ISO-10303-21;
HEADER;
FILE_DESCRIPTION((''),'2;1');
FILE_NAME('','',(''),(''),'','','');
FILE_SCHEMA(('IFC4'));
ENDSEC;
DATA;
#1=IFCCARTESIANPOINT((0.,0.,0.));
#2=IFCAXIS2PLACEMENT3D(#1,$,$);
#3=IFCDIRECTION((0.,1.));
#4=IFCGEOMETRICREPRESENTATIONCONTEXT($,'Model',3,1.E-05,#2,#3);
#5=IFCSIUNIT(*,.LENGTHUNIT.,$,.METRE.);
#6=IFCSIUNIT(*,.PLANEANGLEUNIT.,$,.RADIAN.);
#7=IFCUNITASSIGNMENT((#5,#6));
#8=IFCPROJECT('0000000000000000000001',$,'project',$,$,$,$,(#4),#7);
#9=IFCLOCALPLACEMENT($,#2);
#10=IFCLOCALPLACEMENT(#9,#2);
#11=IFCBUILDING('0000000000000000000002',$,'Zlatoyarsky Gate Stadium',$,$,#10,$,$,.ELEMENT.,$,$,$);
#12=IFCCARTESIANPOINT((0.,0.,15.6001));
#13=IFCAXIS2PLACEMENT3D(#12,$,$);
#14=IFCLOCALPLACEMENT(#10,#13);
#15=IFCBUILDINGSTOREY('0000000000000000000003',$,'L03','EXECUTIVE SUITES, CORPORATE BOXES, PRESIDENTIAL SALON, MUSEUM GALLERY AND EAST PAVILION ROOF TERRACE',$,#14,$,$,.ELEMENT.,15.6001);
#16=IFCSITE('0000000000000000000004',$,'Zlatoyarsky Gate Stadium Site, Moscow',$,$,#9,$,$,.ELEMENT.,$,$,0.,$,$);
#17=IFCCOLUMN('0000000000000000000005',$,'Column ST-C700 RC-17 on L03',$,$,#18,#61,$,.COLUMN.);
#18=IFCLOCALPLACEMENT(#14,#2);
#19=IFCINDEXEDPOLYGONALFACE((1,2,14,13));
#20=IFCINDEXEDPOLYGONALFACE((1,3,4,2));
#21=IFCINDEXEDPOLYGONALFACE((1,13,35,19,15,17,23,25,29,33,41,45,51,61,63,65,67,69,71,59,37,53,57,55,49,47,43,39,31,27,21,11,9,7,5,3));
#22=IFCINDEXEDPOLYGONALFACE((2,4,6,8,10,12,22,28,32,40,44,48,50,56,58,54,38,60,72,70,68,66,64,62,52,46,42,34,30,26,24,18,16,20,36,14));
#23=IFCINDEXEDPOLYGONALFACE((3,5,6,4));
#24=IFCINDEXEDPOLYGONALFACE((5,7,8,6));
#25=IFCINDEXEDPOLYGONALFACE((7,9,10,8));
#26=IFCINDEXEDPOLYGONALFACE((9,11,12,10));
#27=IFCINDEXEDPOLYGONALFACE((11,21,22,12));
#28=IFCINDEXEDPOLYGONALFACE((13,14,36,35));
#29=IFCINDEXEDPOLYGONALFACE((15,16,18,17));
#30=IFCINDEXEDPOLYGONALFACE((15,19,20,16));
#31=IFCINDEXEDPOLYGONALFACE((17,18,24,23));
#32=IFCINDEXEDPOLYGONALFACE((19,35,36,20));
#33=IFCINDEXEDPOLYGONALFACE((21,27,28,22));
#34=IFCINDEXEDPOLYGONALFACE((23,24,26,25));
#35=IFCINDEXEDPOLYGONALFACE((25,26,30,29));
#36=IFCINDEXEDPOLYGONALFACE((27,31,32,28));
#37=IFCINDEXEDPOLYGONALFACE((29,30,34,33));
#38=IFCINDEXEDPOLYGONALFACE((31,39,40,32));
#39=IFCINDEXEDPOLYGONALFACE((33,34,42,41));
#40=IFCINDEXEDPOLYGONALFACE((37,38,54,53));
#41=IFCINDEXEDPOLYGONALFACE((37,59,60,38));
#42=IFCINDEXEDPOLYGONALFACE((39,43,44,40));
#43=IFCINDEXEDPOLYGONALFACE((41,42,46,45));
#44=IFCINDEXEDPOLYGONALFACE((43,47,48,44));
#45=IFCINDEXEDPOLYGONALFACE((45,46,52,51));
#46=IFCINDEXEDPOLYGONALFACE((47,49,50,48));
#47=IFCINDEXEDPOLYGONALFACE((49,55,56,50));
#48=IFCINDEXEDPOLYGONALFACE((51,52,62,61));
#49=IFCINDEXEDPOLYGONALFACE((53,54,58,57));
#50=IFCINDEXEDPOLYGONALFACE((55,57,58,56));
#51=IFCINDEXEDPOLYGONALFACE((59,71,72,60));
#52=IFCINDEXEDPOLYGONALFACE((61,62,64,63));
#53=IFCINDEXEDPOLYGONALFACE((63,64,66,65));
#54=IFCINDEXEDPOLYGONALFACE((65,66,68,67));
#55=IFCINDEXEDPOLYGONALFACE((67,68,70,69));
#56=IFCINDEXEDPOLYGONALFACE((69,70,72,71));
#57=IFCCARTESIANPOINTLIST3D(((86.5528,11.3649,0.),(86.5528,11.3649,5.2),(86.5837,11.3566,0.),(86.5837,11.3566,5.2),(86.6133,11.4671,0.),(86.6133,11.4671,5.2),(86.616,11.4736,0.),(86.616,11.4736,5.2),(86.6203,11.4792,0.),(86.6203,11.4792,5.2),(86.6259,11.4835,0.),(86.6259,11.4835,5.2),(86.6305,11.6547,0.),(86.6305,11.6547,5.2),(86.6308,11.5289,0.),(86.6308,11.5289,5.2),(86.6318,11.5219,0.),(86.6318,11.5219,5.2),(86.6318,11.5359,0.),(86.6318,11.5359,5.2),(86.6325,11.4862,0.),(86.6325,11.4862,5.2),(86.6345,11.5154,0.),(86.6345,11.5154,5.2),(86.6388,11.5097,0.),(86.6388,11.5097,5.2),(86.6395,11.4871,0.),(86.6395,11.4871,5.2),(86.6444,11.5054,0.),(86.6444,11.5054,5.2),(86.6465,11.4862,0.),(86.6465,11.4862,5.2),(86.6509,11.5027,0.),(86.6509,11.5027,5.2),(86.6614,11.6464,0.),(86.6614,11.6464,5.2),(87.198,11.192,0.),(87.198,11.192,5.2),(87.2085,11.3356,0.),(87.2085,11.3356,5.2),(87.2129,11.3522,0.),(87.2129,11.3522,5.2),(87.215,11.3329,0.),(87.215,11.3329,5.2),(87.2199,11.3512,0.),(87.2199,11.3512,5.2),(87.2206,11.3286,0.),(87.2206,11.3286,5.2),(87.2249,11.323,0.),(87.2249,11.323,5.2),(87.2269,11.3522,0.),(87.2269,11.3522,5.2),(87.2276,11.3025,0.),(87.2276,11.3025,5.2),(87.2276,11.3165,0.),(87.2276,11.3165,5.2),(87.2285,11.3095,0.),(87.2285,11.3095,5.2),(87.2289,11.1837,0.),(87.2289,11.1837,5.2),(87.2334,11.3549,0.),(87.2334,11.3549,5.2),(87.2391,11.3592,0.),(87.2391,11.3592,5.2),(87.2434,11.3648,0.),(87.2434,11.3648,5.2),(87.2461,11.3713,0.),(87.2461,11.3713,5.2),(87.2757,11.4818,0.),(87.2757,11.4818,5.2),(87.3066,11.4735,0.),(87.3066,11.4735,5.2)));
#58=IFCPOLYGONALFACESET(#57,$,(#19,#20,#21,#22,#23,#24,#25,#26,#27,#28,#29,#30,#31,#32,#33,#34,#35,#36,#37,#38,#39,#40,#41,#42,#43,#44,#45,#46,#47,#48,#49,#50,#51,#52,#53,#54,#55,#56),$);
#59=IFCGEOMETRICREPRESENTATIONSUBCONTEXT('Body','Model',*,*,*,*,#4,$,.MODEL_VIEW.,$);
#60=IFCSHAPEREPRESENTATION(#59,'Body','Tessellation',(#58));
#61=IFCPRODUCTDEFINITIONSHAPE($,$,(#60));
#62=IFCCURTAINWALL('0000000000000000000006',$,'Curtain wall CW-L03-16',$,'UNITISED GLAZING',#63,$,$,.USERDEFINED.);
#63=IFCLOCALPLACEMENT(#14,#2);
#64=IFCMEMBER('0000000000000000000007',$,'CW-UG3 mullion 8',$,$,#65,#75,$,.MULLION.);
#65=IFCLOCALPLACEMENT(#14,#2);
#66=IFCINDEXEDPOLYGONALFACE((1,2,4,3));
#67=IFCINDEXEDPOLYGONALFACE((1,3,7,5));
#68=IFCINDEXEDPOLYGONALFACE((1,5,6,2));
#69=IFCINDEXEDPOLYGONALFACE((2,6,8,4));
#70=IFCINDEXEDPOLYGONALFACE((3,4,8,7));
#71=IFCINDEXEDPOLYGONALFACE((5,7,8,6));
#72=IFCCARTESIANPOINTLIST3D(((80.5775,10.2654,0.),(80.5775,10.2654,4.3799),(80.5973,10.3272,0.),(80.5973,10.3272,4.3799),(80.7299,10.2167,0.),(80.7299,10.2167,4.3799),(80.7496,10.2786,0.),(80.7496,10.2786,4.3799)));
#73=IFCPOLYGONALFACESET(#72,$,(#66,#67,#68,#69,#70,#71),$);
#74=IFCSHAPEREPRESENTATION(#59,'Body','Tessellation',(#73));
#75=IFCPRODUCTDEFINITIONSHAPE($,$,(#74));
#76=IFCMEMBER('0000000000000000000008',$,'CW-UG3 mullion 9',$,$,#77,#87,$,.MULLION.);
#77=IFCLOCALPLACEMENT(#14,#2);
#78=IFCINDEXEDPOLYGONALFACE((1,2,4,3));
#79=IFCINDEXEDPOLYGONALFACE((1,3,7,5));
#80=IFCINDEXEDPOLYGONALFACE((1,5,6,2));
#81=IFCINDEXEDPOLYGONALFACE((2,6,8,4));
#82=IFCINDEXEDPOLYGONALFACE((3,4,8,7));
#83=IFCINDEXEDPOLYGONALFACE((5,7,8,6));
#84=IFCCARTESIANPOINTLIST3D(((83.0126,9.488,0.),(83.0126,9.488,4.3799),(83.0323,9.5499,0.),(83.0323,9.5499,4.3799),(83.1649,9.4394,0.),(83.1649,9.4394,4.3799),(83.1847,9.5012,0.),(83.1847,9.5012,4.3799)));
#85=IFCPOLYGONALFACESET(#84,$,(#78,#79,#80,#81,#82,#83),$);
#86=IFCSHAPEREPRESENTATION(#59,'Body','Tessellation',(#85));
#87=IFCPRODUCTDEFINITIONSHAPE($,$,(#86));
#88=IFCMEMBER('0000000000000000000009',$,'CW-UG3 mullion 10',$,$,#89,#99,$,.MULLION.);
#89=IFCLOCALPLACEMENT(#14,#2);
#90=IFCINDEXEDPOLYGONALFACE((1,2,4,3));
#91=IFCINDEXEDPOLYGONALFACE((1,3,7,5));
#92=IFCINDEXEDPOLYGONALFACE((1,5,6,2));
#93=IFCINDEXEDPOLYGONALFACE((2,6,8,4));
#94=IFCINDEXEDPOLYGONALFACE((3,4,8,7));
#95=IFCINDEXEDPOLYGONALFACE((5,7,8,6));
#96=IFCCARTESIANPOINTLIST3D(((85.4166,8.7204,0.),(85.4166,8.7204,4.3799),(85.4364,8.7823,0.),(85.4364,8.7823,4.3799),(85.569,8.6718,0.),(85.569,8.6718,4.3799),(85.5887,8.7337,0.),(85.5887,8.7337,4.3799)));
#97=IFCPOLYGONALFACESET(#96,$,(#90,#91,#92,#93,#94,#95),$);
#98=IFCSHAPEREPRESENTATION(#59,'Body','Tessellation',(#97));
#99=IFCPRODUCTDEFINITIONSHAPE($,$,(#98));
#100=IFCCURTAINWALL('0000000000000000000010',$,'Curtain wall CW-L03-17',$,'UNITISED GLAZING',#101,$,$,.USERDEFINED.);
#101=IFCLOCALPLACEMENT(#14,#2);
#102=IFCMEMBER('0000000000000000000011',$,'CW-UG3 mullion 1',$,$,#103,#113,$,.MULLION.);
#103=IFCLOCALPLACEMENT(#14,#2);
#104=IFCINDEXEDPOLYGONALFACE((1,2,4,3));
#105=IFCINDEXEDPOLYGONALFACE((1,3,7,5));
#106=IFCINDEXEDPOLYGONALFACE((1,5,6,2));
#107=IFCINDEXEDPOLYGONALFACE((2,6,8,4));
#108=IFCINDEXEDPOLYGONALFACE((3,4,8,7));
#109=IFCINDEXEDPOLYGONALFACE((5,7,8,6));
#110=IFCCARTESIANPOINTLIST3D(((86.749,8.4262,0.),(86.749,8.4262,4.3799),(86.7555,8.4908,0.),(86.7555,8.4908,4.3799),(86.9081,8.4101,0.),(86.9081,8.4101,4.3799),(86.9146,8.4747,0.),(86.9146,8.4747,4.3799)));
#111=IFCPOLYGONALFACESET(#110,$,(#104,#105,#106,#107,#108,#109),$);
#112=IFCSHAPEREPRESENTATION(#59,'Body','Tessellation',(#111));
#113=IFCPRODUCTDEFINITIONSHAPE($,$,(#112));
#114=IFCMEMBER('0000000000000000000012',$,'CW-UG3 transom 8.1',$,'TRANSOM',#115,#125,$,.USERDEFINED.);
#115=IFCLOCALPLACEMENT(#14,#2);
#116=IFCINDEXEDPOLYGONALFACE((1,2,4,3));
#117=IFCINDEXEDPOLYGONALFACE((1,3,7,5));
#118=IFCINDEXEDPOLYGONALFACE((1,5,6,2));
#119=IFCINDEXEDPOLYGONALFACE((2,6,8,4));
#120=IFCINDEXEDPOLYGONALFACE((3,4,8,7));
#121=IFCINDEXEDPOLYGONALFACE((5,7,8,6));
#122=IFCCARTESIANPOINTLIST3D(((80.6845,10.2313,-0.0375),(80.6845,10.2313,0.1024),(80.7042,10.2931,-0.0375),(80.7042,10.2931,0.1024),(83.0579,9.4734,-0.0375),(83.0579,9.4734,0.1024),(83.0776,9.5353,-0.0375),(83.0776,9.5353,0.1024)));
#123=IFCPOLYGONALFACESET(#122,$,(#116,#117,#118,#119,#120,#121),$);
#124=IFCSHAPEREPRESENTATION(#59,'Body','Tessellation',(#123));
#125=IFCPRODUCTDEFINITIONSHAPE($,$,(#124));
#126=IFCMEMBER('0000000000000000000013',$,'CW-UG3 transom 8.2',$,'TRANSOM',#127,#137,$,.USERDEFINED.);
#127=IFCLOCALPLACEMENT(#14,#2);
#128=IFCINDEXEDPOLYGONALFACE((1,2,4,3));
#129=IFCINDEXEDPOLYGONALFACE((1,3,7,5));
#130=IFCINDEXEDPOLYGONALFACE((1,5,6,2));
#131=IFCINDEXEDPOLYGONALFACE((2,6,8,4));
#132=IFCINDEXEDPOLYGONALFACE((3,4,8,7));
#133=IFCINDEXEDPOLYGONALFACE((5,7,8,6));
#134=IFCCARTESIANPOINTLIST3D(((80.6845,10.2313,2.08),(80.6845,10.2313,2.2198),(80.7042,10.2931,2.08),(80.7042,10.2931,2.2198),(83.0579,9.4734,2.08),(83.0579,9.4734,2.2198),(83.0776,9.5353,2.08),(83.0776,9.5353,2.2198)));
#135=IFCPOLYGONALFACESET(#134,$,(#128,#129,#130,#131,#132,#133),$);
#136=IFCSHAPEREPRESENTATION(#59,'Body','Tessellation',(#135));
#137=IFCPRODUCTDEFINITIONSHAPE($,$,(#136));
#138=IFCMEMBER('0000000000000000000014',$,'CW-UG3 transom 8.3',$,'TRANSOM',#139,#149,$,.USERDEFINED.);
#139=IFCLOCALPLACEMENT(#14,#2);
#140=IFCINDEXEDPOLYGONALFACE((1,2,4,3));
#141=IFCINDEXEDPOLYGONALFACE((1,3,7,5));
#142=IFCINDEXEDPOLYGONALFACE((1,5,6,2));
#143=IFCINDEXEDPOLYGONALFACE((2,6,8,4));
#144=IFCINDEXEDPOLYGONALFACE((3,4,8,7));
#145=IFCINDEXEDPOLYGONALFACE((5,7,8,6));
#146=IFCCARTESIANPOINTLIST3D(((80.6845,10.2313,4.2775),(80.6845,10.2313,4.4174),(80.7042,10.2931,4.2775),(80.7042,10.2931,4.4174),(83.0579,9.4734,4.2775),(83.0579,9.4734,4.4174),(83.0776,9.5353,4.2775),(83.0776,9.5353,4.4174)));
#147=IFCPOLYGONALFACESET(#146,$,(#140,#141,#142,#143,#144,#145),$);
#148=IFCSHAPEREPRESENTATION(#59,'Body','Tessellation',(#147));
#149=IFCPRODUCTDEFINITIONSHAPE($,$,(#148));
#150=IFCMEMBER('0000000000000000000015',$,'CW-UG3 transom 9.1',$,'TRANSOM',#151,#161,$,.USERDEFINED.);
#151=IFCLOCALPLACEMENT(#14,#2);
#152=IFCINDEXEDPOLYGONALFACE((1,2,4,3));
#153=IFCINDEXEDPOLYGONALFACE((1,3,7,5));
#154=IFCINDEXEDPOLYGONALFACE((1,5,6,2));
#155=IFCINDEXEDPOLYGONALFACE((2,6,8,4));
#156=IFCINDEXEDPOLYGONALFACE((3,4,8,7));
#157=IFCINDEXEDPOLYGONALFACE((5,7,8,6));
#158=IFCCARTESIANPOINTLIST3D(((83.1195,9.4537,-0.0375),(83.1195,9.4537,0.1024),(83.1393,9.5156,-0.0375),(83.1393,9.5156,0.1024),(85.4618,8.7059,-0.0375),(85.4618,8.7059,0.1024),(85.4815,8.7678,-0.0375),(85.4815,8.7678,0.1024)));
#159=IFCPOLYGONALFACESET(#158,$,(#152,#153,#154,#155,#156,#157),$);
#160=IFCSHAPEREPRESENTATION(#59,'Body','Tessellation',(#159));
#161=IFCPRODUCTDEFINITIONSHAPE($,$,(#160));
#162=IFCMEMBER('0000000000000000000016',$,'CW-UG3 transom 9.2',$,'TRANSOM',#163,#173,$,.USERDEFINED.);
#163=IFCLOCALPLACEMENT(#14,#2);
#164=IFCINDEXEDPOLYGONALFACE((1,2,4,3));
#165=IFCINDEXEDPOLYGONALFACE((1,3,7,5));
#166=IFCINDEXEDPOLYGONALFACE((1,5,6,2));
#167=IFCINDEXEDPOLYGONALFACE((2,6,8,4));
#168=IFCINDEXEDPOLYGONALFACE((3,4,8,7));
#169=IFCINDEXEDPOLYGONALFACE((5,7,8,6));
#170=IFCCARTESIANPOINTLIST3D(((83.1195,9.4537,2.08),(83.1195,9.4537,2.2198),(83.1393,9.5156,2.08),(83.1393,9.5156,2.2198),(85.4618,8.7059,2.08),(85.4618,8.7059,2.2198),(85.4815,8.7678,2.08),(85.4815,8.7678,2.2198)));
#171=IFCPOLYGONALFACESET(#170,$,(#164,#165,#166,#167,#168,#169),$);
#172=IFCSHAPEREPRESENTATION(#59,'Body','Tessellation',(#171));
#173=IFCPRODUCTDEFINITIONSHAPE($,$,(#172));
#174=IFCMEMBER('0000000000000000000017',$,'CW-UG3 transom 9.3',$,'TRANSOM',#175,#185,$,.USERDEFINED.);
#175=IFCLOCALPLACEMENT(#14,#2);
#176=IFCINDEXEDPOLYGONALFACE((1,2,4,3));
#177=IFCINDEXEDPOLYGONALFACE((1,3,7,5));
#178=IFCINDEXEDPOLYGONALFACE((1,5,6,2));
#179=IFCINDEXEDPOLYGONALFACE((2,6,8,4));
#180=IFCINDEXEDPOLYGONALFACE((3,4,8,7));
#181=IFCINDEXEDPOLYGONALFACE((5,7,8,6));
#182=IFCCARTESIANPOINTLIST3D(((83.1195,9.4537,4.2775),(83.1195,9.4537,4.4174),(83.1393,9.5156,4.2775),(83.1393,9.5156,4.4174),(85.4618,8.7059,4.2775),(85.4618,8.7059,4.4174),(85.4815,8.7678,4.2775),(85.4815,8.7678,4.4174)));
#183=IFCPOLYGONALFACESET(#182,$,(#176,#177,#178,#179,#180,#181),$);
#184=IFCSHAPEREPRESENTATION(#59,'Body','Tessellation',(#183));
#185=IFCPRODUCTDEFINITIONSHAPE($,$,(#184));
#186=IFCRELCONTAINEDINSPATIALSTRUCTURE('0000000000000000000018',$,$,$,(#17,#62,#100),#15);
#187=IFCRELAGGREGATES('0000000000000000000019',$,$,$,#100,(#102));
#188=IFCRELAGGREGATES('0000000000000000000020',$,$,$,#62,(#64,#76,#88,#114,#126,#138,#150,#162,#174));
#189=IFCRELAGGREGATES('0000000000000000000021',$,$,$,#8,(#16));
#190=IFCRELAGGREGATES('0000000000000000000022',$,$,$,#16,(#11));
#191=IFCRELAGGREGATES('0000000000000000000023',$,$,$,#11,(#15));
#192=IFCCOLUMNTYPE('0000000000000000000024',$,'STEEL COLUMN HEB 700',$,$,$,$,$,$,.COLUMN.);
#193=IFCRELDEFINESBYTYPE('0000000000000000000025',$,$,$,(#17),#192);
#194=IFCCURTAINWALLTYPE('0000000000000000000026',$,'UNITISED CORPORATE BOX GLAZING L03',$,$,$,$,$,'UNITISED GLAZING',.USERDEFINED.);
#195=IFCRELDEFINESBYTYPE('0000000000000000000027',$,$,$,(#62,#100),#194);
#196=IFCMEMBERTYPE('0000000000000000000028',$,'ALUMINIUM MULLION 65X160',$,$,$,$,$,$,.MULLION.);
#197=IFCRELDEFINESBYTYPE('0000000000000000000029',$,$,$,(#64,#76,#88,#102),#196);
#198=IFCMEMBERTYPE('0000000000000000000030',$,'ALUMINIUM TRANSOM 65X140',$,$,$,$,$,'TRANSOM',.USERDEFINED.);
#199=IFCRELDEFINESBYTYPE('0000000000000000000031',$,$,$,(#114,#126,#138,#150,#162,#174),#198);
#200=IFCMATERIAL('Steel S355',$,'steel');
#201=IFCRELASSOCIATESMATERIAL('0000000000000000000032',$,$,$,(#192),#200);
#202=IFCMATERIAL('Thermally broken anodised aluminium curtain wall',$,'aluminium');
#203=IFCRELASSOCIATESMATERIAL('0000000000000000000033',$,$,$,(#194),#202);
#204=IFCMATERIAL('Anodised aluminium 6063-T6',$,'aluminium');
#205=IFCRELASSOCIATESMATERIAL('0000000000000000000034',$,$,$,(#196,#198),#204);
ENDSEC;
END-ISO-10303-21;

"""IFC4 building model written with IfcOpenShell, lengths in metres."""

from ifc_helpers import new_model, si_unit, direction, frame, origin, origin_2d, place, context, subcontext, project, spatial, rectangle, i_section, extrude, material, material_profile, profile_set, type_object, element, aggregate, save


model = new_model("IFC4")

# Units and contexts
model_context = context("Model", 3, precision=1e-05, world=origin(), true_north=direction((0.0, 1.0)))
body_context = subcontext(model_context, "Body", "Model", "MODEL_VIEW")
ifc_project = project(units=[si_unit("LENGTHUNIT", "METRE"), si_unit("PLANEANGLEUNIT", "RADIAN")], contexts=[model_context])

# Site, building, storey
site_placement = place(None, origin())
site = spatial("IfcSite", under=ifc_project, at=site_placement, Name="Zlatoyarsky Gate Stadium Site, Moscow", CompositionType="ELEMENT", RefElevation=0.0)
building_placement = place(site_placement, origin())
building = spatial("IfcBuilding", under=site, at=building_placement, Name="Zlatoyarsky Gate Stadium", CompositionType="ELEMENT")
storey_placement = place(building_placement, frame((0.0, 0.0, 15.6001)))
storey = spatial("IfcBuildingStorey", under=building, at=storey_placement, Name="L03", Description="EXECUTIVE SUITES, CORPORATE BOXES, PRESIDENTIAL SALON, MUSEUM GALLERY AND EAST PAVILION ROOF TERRACE", CompositionType="ELEMENT", Elevation=15.6001)

# Column
ifc_material_1 = material(Name="Steel S355", Category="steel")
ifc_material_profile_1 = material_profile(ifc_material_1, i_section(OverallWidth=0.3, OverallDepth=0.7, WebThickness=0.0171, FlangeThickness=0.032, FilletRadius=0.0271, at=origin_2d()), Name="HEB 700")
ifc_profile_set_1 = profile_set([ifc_material_profile_1], Name="Steel S355")
column_type = type_object("IfcColumnType", Name="STEEL COLUMN HEB 700", PredefinedType="COLUMN", material=ifc_profile_set_1)
column_placement = place(storey_placement, frame((86.9297, 11.4192, 0.0), z_axis=(0.0, 0.0, 1.0), x_axis=(-0.258819, -0.965926, 0.0)))
element("IfcColumn", 1, at=column_placement, inside=storey, type_object=column_type, Name="Column ST-C700 RC-17 on L03", PredefinedType="COLUMN", context=body_context, shape_type="SweptSolid", body=[
    extrude(i_section(OverallWidth=0.3, OverallDepth=0.7, WebThickness=0.0171, FlangeThickness=0.032, FilletRadius=0.0271, at=origin_2d()), origin(), (0.0, 0.0, 1.0), 5.2),
])

# Curtain wall, members
ifc_material_2 = material(Name="Thermally broken anodised aluminium curtain wall", Category="aluminium")
curtain_wall_type = type_object("IfcCurtainWallType", Name="UNITISED CORPORATE BOX GLAZING L03", ElementType="UNITISED GLAZING", PredefinedType="USERDEFINED", material=ifc_material_2)
curtain_wall_1_placement = place(storey_placement, origin())
curtain_wall_1 = element("IfcCurtainWall", 2, at=curtain_wall_1_placement, inside=storey, type_object=curtain_wall_type, Name="Curtain wall CW-L03-16", ObjectType="UNITISED GLAZING", PredefinedType="USERDEFINED")
ifc_material_3 = material(Name="Anodised aluminium 6063-T6", Category="aluminium")
ifc_material_profile_2 = material_profile(ifc_material_3, rectangle(XDim=0.0649, YDim=0.1599, at=origin_2d()), Name="ALU 65X160")
ifc_profile_set_2 = profile_set([ifc_material_profile_2], Name="Anodised aluminium 6063-T6")
member_type_1 = type_object("IfcMemberType", Name="ALUMINIUM MULLION 65X160", PredefinedType="MULLION", material=ifc_profile_set_2)
member_1_placement = place(storey_placement, frame((80.6636, 10.272, 0.0), z_axis=(0.0, 0.0, 1.0), x_axis=(0.304162, 0.95262, 0.0)))
member_1 = element("IfcMember", 3, at=member_1_placement, type_object=member_type_1, Name="CW-UG3 mullion 8", PredefinedType="MULLION", context=body_context, shape_type="SweptSolid", body=[
    extrude(rectangle(XDim=0.0649, YDim=0.1599, at=origin_2d()), origin(), (0.0, 0.0, 1.0), 4.3799),
])
member_2_placement = place(storey_placement, frame((83.0986, 9.4946, 0.0), z_axis=(0.0, 0.0, 1.0), x_axis=(0.304162, 0.95262, 0.0)))
member_2 = element("IfcMember", 4, at=member_2_placement, type_object=member_type_1, Name="CW-UG3 mullion 9", PredefinedType="MULLION", context=body_context, shape_type="SweptSolid", body=[
    extrude(rectangle(XDim=0.0649, YDim=0.1599, at=origin_2d()), origin(), (0.0, 0.0, 1.0), 4.3799),
])
member_3_placement = place(storey_placement, frame((85.5027, 8.7271, 0.0), z_axis=(0.0, 0.0, 1.0), x_axis=(0.304162, 0.95262, 0.0)))
member_3 = element("IfcMember", 5, at=member_3_placement, type_object=member_type_1, Name="CW-UG3 mullion 10", PredefinedType="MULLION", context=body_context, shape_type="SweptSolid", body=[
    extrude(rectangle(XDim=0.0649, YDim=0.1599, at=origin_2d()), origin(), (0.0, 0.0, 1.0), 4.3799),
])

# Curtain wall, member
curtain_wall_2_placement = place(storey_placement, origin())
curtain_wall_2 = element("IfcCurtainWall", 6, at=curtain_wall_2_placement, inside=storey, type_object=curtain_wall_type, Name="Curtain wall CW-L03-17", ObjectType="UNITISED GLAZING", PredefinedType="USERDEFINED")
member_4_placement = place(storey_placement, frame((86.8318, 8.4504, 0.0), z_axis=(0.0, 0.0, 1.0), x_axis=(0.100968, 0.99489, 0.0)))
member_4 = element("IfcMember", 7, at=member_4_placement, type_object=member_type_1, Name="CW-UG3 mullion 1", PredefinedType="MULLION", context=body_context, shape_type="SweptSolid", body=[
    extrude(rectangle(XDim=0.0649, YDim=0.1599, at=origin_2d()), origin(), (0.0, 0.0, 1.0), 4.3799),
])
aggregate(curtain_wall_2, [member_4])

# Members
ifc_material_profile_3 = material_profile(ifc_material_3, rectangle(XDim=0.0649, YDim=0.1399, at=origin_2d()), Name="ALU 65X140")
ifc_profile_set_3 = profile_set([ifc_material_profile_3], Name="Anodised aluminium 6063-T6")
member_type_2 = type_object("IfcMemberType", Name="ALUMINIUM TRANSOM 65X140", ElementType="TRANSOM", PredefinedType="USERDEFINED", material=ifc_profile_set_3)
member_5_placement = place(storey_placement, frame((80.6943, 10.2622, 0.0325), z_axis=(0.952615, -0.304178, 0.0), x_axis=(0.304178, 0.952615, 0.0)))
member_5 = element("IfcMember", 8, at=member_5_placement, type_object=member_type_2, Name="CW-UG3 transom 8.1", ObjectType="TRANSOM", PredefinedType="USERDEFINED", context=body_context, shape_type="SweptSolid", body=[
    extrude(rectangle(XDim=0.0649, YDim=0.1399, at=origin_2d()), origin(), (0.0, 0.0, 1.0), 2.4915),
])
member_6_placement = place(storey_placement, frame((80.6943, 10.2622, 2.1499), z_axis=(0.952615, -0.304178, 0.0), x_axis=(0.304178, 0.952615, 0.0)))
member_6 = element("IfcMember", 9, at=member_6_placement, type_object=member_type_2, Name="CW-UG3 transom 8.2", ObjectType="TRANSOM", PredefinedType="USERDEFINED", context=body_context, shape_type="SweptSolid", body=[
    extrude(rectangle(XDim=0.0649, YDim=0.1399, at=origin_2d()), origin(), (0.0, 0.0, 1.0), 2.4915),
])
member_7_placement = place(storey_placement, frame((80.6943, 10.2622, 4.3474), z_axis=(0.952615, -0.304178, 0.0), x_axis=(0.304178, 0.952615, 0.0)))
member_7 = element("IfcMember", 10, at=member_7_placement, type_object=member_type_2, Name="CW-UG3 transom 8.3", ObjectType="TRANSOM", PredefinedType="USERDEFINED", context=body_context, shape_type="SweptSolid", body=[
    extrude(rectangle(XDim=0.0649, YDim=0.1399, at=origin_2d()), origin(), (0.0, 0.0, 1.0), 2.4915),
])
member_8_placement = place(storey_placement, frame((83.1294, 9.4846, 0.0325), z_axis=(0.952628, -0.304138, 0.0), x_axis=(0.304138, 0.952628, 0.0)))
member_8 = element("IfcMember", 11, at=member_8_placement, type_object=member_type_2, Name="CW-UG3 transom 9.1", ObjectType="TRANSOM", PredefinedType="USERDEFINED", context=body_context, shape_type="SweptSolid", body=[
    extrude(rectangle(XDim=0.0649, YDim=0.1399, at=origin_2d()), origin(), (0.0, 0.0, 1.0), 2.4587),
])
member_9_placement = place(storey_placement, frame((83.1294, 9.4846, 2.1499), z_axis=(0.952628, -0.304138, 0.0), x_axis=(0.304138, 0.952628, 0.0)))
member_9 = element("IfcMember", 12, at=member_9_placement, type_object=member_type_2, Name="CW-UG3 transom 9.2", ObjectType="TRANSOM", PredefinedType="USERDEFINED", context=body_context, shape_type="SweptSolid", body=[
    extrude(rectangle(XDim=0.0649, YDim=0.1399, at=origin_2d()), origin(), (0.0, 0.0, 1.0), 2.4587),
])
member_10_placement = place(storey_placement, frame((83.1294, 9.4846, 4.3474), z_axis=(0.952628, -0.304138, 0.0), x_axis=(0.304138, 0.952628, 0.0)))
member_10 = element("IfcMember", 13, at=member_10_placement, type_object=member_type_2, Name="CW-UG3 transom 9.3", ObjectType="TRANSOM", PredefinedType="USERDEFINED", context=body_context, shape_type="SweptSolid", body=[
    extrude(rectangle(XDim=0.0649, YDim=0.1399, at=origin_2d()), origin(), (0.0, 0.0, 1.0), 2.4587),
])

aggregate(curtain_wall_1, [member_1, member_2, member_3, member_5, member_6, member_7, member_8, member_9, member_10])

save(model, "model.ifc")
